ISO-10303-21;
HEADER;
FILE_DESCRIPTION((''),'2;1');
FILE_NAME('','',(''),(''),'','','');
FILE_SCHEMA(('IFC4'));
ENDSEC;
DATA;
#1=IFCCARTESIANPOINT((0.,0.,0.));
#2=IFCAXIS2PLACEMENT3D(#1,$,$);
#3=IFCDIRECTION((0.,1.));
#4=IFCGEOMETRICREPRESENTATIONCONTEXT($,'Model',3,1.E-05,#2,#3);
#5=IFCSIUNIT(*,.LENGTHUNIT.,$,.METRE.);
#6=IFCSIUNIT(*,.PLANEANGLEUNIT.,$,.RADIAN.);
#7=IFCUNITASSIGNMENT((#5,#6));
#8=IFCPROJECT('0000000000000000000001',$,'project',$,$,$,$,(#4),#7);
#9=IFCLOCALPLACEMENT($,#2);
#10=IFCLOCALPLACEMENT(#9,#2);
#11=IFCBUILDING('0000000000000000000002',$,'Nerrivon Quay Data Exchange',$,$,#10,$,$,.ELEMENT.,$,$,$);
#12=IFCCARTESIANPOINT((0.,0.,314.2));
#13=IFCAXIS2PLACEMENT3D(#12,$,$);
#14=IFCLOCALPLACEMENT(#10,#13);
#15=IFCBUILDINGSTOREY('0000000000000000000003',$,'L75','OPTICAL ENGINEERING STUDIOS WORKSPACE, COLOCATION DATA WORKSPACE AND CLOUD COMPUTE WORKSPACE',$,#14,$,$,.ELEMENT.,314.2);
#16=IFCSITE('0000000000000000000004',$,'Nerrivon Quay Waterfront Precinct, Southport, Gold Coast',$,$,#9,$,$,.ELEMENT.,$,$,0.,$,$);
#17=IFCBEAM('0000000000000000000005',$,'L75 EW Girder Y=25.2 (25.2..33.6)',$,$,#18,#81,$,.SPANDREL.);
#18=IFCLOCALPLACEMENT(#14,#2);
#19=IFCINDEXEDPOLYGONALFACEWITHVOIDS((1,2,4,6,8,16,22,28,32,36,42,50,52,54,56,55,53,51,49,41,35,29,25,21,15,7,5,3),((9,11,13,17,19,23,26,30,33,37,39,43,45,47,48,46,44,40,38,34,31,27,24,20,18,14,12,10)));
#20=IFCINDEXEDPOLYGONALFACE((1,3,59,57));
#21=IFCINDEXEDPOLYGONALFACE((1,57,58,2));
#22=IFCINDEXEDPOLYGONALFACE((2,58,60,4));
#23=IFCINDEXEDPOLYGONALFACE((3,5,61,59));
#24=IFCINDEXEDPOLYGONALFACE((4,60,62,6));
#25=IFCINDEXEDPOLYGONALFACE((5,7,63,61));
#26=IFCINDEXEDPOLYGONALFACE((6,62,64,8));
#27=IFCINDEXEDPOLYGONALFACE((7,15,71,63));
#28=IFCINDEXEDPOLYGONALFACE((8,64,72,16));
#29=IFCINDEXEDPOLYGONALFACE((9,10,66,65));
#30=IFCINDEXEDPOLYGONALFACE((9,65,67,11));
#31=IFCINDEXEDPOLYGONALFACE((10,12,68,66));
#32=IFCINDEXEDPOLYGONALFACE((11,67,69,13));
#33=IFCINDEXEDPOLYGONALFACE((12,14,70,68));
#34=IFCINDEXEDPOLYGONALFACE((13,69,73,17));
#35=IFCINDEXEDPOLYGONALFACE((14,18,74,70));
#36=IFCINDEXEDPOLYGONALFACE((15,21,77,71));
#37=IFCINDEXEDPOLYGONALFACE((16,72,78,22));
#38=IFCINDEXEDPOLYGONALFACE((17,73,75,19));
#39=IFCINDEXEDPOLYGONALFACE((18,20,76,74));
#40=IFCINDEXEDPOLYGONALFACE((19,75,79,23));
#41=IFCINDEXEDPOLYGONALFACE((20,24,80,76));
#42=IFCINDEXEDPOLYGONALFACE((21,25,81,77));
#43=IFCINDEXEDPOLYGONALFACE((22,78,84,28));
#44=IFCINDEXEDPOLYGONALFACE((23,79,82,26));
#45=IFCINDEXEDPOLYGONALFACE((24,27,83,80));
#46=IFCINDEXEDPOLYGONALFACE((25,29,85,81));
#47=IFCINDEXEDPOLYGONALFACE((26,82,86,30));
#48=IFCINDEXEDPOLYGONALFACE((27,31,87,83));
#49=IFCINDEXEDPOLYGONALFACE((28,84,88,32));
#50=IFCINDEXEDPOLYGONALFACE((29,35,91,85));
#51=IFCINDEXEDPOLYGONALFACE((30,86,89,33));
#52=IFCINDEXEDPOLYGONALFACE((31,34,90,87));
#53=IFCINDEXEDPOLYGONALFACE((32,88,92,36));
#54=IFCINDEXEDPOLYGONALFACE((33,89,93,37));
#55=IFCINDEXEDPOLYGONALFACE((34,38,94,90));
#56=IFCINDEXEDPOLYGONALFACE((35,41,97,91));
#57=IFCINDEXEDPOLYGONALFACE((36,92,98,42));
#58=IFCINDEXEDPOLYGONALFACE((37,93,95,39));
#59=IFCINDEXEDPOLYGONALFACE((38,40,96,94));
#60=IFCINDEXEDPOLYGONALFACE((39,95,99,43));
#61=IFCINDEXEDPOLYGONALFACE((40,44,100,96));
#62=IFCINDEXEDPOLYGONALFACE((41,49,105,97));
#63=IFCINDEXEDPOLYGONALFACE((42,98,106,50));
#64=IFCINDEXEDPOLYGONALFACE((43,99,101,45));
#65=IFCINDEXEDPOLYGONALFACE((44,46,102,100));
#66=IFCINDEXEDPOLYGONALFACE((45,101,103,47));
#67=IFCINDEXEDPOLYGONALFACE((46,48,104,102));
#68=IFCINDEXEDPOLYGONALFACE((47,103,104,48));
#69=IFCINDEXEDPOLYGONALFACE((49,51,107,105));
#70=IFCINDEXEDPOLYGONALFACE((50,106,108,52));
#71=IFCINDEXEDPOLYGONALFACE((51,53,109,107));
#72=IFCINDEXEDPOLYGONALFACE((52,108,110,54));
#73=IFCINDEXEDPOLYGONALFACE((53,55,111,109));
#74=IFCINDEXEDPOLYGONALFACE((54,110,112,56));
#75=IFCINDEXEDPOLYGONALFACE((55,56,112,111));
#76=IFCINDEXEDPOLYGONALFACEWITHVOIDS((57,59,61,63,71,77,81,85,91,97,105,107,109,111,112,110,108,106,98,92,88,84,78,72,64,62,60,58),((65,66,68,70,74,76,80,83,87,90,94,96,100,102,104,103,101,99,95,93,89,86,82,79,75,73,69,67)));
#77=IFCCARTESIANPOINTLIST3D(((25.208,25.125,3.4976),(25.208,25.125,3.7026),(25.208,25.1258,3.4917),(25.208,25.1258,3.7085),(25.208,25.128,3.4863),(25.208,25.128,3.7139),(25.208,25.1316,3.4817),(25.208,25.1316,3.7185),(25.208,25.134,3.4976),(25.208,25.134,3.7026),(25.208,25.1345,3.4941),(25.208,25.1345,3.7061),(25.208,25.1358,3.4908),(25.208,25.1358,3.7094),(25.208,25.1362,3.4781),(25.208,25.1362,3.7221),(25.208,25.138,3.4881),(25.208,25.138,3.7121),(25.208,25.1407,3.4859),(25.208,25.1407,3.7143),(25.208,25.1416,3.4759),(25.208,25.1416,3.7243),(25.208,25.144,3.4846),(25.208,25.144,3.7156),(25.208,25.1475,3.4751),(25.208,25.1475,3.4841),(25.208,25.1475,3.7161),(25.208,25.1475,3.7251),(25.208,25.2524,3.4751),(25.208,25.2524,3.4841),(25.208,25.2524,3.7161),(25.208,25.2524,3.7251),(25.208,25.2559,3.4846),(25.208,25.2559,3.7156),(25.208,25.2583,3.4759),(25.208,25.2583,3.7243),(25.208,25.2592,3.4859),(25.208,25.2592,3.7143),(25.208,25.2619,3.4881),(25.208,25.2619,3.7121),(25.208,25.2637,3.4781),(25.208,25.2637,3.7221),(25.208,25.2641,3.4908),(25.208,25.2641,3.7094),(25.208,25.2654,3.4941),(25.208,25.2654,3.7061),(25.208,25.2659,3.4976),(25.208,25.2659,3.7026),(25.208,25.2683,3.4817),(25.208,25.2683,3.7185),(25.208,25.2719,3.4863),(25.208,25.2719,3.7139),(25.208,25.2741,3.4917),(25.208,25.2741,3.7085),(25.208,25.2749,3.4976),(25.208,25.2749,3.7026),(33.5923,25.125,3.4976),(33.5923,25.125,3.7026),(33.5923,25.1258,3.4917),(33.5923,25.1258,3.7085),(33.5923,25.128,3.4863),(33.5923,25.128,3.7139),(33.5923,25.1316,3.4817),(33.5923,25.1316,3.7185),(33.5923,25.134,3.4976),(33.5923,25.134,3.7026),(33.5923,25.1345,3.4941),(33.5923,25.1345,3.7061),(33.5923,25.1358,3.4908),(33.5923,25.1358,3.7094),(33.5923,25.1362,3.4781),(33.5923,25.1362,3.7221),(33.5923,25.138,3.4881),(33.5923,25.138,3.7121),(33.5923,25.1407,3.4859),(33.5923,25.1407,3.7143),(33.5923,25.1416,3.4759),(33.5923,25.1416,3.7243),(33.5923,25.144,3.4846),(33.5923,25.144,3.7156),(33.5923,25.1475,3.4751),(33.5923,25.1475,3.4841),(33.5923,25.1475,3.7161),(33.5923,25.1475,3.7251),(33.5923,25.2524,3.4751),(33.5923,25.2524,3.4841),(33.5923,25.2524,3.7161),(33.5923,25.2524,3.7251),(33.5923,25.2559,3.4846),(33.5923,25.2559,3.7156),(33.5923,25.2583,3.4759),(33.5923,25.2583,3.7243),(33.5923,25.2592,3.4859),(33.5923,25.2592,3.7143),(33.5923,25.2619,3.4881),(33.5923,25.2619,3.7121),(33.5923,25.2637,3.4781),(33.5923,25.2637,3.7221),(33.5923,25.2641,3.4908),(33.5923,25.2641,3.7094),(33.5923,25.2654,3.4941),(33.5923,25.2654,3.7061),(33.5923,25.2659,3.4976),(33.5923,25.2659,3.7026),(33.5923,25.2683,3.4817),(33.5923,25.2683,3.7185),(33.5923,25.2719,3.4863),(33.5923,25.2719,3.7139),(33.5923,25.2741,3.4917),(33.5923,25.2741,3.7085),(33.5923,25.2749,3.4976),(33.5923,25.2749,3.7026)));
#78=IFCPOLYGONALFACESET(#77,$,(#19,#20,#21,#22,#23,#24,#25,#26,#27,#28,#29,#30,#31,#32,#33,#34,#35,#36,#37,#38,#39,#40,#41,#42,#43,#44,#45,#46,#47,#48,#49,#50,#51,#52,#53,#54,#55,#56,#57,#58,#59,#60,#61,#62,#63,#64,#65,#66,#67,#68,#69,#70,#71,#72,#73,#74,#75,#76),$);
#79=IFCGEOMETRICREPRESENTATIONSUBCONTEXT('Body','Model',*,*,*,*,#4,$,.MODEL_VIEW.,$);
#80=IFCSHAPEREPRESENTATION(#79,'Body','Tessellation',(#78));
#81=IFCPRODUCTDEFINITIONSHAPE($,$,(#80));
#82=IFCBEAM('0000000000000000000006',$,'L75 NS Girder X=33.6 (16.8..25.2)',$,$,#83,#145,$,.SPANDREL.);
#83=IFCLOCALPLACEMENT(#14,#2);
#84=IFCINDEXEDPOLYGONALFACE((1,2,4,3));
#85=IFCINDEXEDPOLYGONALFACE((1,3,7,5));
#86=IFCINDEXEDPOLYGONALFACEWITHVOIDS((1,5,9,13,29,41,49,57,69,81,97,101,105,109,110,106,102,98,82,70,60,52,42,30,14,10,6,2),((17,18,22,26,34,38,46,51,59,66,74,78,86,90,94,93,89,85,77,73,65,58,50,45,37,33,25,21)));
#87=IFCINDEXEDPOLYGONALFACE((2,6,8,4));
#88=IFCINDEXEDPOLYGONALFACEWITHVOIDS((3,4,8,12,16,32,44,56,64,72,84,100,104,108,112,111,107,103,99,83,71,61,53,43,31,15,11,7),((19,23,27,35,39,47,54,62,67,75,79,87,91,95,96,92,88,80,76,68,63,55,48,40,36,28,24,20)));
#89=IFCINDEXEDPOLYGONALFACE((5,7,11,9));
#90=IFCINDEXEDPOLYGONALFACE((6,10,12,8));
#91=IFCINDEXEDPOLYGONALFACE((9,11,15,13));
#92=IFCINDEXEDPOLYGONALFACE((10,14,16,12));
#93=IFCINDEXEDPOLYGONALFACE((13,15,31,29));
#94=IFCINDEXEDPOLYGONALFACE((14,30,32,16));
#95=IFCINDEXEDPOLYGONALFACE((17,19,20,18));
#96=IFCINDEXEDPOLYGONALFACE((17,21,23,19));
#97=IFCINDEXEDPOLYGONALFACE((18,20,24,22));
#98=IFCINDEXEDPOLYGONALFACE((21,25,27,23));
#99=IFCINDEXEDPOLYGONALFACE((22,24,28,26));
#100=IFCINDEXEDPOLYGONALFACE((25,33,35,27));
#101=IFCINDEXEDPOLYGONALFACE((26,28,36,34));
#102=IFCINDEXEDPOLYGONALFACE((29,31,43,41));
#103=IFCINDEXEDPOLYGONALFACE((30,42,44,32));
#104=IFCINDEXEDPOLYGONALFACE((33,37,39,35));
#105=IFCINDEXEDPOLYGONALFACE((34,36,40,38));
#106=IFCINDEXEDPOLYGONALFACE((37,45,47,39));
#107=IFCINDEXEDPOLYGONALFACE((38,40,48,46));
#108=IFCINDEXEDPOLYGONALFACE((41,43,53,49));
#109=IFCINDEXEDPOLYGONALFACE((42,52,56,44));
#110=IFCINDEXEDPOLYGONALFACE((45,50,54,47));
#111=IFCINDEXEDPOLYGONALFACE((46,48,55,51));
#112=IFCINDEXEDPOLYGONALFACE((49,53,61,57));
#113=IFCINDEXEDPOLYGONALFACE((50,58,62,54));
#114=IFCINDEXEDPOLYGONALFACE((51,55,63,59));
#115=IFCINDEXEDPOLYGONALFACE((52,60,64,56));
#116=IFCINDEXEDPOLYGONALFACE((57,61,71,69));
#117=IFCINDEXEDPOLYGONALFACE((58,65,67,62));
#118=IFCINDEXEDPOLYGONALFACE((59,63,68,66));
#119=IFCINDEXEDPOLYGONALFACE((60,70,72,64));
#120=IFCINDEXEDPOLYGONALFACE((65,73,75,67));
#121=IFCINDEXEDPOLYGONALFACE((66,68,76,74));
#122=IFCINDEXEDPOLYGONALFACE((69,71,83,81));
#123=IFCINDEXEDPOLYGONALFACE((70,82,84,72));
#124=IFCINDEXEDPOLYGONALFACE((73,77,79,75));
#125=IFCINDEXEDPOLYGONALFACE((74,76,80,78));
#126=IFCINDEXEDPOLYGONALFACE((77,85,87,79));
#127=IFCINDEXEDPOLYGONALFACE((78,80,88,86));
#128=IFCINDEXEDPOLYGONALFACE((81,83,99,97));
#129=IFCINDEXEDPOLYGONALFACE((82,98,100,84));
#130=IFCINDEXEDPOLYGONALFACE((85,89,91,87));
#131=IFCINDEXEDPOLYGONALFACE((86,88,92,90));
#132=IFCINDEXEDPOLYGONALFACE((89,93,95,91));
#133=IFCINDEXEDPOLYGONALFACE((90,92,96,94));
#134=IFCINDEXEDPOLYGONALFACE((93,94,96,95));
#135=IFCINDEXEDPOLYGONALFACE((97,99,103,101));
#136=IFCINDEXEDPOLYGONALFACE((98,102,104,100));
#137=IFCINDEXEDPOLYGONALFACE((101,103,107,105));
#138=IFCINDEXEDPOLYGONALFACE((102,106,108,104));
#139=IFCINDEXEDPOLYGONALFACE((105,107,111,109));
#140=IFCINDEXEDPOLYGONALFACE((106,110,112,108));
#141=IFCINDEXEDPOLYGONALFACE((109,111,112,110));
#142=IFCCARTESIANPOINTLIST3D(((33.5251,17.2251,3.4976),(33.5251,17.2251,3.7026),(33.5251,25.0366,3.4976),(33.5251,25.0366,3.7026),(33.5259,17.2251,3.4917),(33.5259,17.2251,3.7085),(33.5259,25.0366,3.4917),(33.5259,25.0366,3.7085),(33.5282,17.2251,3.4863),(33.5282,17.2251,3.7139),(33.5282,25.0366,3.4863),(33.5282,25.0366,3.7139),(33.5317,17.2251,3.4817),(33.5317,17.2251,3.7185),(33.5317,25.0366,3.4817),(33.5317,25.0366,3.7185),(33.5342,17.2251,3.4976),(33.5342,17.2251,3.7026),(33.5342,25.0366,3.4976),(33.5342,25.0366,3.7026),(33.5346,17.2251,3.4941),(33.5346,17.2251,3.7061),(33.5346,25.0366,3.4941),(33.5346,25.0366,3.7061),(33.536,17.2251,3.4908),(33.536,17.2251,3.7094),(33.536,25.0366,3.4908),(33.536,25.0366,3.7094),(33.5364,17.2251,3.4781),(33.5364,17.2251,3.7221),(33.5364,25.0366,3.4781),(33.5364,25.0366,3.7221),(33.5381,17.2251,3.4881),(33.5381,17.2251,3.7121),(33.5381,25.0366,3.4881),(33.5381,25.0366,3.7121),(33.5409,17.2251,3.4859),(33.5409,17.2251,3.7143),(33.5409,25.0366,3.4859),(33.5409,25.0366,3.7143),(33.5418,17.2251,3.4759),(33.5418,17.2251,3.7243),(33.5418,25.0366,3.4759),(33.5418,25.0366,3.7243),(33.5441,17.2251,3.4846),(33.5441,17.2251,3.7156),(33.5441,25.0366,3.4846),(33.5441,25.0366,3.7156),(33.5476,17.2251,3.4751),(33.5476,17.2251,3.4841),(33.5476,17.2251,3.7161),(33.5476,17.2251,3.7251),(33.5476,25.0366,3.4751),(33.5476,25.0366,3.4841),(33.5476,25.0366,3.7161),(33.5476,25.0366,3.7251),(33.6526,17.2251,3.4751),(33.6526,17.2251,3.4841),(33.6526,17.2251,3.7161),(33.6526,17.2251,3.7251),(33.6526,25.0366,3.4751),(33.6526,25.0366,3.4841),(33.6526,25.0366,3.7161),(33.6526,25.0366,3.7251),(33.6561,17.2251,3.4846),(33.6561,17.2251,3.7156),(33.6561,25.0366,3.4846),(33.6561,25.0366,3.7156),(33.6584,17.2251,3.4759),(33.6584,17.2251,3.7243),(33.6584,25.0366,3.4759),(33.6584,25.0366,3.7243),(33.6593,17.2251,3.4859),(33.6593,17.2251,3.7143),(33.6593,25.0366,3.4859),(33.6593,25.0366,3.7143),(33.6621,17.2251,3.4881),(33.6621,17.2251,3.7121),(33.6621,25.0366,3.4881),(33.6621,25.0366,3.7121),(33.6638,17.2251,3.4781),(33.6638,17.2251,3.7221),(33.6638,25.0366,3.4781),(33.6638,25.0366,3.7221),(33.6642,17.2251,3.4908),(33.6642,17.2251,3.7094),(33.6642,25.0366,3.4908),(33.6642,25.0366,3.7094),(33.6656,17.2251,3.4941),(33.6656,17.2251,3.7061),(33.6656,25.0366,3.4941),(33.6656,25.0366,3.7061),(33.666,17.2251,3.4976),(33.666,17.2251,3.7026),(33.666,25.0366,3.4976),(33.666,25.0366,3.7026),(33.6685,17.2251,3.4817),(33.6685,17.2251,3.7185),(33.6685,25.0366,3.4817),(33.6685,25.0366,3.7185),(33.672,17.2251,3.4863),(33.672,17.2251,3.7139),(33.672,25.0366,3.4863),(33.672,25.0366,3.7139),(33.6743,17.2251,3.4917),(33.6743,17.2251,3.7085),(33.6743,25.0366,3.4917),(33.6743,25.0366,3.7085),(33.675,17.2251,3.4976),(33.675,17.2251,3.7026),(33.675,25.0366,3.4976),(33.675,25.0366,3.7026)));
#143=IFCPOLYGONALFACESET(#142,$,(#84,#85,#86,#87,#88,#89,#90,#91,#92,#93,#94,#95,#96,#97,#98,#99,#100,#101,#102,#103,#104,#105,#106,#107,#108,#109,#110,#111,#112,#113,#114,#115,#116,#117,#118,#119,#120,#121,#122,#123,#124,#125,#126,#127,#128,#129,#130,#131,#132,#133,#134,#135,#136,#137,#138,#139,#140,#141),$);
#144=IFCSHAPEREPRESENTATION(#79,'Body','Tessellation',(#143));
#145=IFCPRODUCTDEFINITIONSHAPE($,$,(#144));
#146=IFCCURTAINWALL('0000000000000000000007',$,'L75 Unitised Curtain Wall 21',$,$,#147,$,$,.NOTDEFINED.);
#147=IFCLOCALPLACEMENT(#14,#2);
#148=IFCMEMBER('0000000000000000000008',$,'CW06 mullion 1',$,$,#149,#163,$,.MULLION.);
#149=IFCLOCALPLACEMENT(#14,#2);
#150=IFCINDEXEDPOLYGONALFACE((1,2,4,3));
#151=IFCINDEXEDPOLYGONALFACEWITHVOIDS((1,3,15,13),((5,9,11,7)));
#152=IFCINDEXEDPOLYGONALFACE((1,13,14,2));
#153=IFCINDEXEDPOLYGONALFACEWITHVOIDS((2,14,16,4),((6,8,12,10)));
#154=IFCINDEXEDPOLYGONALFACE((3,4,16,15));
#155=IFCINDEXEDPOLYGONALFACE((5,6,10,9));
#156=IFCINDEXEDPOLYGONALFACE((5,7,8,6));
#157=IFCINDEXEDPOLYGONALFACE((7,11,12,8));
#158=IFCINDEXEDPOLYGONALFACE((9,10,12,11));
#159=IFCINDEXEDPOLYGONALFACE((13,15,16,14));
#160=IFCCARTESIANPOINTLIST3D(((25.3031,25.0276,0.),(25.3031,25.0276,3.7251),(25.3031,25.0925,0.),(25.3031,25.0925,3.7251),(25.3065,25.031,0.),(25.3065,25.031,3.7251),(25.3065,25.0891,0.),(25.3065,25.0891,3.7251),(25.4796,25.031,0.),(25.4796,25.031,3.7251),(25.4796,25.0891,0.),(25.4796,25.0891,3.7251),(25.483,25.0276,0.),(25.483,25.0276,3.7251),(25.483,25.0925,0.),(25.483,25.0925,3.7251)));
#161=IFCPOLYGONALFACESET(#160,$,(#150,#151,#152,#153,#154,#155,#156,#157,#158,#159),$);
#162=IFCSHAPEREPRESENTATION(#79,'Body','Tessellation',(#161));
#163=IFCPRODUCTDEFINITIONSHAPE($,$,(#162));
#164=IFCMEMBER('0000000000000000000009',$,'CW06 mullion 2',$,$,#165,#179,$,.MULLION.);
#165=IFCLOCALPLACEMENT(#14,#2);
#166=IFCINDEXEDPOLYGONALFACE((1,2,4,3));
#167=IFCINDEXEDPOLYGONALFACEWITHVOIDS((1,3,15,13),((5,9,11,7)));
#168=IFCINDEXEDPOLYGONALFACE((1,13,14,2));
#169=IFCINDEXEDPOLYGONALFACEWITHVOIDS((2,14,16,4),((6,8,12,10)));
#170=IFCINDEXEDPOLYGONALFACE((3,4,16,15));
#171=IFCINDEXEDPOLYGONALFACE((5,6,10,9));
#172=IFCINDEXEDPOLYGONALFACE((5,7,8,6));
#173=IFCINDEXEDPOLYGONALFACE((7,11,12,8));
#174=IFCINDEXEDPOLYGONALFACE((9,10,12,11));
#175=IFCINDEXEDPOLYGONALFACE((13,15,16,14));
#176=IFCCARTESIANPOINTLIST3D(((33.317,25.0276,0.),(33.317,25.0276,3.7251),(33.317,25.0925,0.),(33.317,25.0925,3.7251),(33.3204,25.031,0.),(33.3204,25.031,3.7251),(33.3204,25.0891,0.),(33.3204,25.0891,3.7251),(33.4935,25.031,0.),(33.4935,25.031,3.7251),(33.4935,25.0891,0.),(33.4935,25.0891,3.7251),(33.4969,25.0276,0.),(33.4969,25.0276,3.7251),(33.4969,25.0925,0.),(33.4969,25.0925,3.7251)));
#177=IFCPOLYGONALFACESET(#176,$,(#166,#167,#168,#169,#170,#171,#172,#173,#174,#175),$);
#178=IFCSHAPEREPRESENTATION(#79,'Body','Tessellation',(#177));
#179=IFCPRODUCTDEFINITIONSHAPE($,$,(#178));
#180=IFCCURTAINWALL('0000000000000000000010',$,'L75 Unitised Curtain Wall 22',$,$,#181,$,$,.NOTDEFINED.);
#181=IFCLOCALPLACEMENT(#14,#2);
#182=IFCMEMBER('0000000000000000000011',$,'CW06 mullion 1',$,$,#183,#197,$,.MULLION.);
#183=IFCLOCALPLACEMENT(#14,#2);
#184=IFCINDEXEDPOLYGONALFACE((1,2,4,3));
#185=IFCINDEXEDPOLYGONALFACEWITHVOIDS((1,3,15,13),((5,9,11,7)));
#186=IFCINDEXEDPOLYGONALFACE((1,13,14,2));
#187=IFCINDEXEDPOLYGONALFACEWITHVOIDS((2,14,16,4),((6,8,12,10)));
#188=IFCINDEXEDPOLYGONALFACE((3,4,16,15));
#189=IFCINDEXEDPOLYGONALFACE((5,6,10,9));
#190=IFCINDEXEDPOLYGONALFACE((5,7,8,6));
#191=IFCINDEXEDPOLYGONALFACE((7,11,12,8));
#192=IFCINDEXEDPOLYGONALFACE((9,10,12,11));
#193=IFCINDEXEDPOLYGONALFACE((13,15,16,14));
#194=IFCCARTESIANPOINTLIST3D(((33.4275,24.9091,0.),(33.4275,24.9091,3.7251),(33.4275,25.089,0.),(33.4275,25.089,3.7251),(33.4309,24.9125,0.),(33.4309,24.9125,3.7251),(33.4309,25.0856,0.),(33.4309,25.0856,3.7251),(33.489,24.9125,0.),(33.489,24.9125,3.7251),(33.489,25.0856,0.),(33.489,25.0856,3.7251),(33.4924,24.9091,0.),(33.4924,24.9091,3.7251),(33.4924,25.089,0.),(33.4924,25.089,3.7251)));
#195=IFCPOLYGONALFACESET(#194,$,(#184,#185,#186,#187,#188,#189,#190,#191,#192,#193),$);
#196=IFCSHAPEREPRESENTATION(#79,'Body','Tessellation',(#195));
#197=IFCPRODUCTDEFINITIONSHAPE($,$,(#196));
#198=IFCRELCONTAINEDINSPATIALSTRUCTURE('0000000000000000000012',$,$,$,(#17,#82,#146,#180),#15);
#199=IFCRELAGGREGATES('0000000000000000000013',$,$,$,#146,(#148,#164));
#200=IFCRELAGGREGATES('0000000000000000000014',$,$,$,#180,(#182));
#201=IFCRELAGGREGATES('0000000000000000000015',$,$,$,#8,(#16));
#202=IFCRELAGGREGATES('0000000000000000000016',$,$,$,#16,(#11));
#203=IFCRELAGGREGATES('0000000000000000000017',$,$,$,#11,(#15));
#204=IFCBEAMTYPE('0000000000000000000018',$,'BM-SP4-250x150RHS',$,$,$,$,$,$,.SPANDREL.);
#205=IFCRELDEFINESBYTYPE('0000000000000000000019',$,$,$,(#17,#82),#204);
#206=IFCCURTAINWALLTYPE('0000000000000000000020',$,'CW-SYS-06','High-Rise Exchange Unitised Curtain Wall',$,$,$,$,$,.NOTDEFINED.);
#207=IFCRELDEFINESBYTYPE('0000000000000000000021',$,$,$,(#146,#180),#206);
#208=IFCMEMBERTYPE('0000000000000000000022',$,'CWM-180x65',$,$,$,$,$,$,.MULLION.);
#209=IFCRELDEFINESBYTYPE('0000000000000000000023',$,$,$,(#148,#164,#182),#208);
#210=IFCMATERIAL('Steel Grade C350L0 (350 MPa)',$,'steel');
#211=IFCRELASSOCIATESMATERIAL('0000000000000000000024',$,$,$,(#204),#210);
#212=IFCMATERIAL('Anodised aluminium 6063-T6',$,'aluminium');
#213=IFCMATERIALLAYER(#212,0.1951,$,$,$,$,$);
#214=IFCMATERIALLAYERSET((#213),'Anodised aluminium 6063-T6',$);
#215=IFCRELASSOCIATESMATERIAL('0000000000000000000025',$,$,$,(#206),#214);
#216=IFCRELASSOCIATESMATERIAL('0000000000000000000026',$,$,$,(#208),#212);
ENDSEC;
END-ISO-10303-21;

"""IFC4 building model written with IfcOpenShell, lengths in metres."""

from ifc_helpers import new_model, si_unit, direction, frame, origin, origin_2d, place, context, subcontext, project, spatial, hollow_rectangle, extrude, material, layer, layer_set, material_profile, profile_set, type_object, element, aggregate, save


model = new_model("IFC4")

# Units and contexts
model_context = context("Model", 3, precision=1e-05, world=origin(), true_north=direction((0.0, 1.0)))
body_context = subcontext(model_context, "Body", "Model", "MODEL_VIEW")
ifc_project = project(units=[si_unit("LENGTHUNIT", "METRE"), si_unit("PLANEANGLEUNIT", "RADIAN")], contexts=[model_context])

# Site, building, storey
site_placement = place(None, origin())
site = spatial("IfcSite", under=ifc_project, at=site_placement, Name="Nerrivon Quay Waterfront Precinct, Southport, Gold Coast", CompositionType="ELEMENT", RefElevation=0.0)
building_placement = place(site_placement, origin())
building = spatial("IfcBuilding", under=site, at=building_placement, Name="Nerrivon Quay Data Exchange", CompositionType="ELEMENT")
storey_placement = place(building_placement, frame((0.0, 0.0, 314.2)))
storey = spatial("IfcBuildingStorey", under=building, at=storey_placement, Name="L75", Description="OPTICAL ENGINEERING STUDIOS WORKSPACE, COLOCATION DATA WORKSPACE AND CLOUD COMPUTE WORKSPACE", CompositionType="ELEMENT", Elevation=314.2)

# Beams
ifc_material_1 = material(Name="Steel Grade C350L0 (350 MPa)", Category="steel")
ifc_material_profile_1 = material_profile(ifc_material_1, hollow_rectangle(XDim=0.1499, YDim=0.25, WallThickness=0.009, InnerFilletRadius=0.0134, OuterFilletRadius=0.0225, at=origin_2d()), Name="250x150x9.0RHS")
ifc_profile_set_1 = profile_set([ifc_material_profile_1], Name="Steel Grade C350L0 (350 MPa)")
beam_type_1 = type_object("IfcBeamType", Name="BM-SP4-250x150RHS", PredefinedType="SPANDREL", material=ifc_profile_set_1)
beam_1_placement = place(storey_placement, frame((25.208, 25.2, 3.6001), z_axis=(1.0, 0.0, 0.0), x_axis=(0.0, 1.0, 0.0)))
element("IfcBeam", 1, at=beam_1_placement, inside=storey, type_object=beam_type_1, Name="L75 EW Girder Y=25.2 (25.2..33.6)", PredefinedType="SPANDREL", context=body_context, shape_type="SweptSolid", body=[
    extrude(hollow_rectangle(XDim=0.1499, YDim=0.25, WallThickness=0.009, InnerFilletRadius=0.0134, OuterFilletRadius=0.0225, at=origin_2d()), origin(), (0.0, 0.0, 1.0), 8.3843),
])
beam_2_placement = place(storey_placement, frame((33.6001, 17.2251, 3.6001), z_axis=(0.0, 1.0, 0.0), x_axis=(-1.0, 0.0, 0.0)))
element("IfcBeam", 2, at=beam_2_placement, inside=storey, type_object=beam_type_1, Name="L75 NS Girder X=33.6 (16.8..25.2)", PredefinedType="SPANDREL", context=body_context, shape_type="SweptSolid", body=[
    extrude(hollow_rectangle(XDim=0.1499, YDim=0.25, WallThickness=0.009, InnerFilletRadius=0.0134, OuterFilletRadius=0.0225, at=origin_2d()), origin(), (0.0, 0.0, 1.0), 7.8115),
])

# Curtain walls, members
ifc_material_2 = material(Name="Anodised aluminium 6063-T6", Category="aluminium")
ifc_layer_1 = layer(ifc_material_2, 0.1951)
ifc_layer_set_1 = layer_set([ifc_layer_1], Name="Anodised aluminium 6063-T6")
curtain_wall_type = type_object("IfcCurtainWallType", Name="CW-SYS-06", Description="High-Rise Exchange Unitised Curtain Wall", PredefinedType="NOTDEFINED", material=ifc_layer_set_1)
curtain_wall_1_placement = place(storey_placement, origin())
curtain_wall_1 = element("IfcCurtainWall", 3, at=curtain_wall_1_placement, inside=storey, type_object=curtain_wall_type, Name="L75 Unitised Curtain Wall 21", PredefinedType="NOTDEFINED")
ifc_material_profile_2 = material_profile(ifc_material_2, hollow_rectangle(XDim=0.0649, YDim=0.1799, WallThickness=0.0034, at=origin_2d()), Name="ALU-MULL-180x65")
ifc_profile_set_2 = profile_set([ifc_material_profile_2], Name="Anodised aluminium 6063-T6")
member_type_1 = type_object("IfcMemberType", Name="CWM-180x65", PredefinedType="MULLION", material=ifc_profile_set_2)
member_1_placement = place(storey_placement, frame((25.3931, 25.0601, 0.0), z_axis=(0.0, 0.0, 1.0), x_axis=(0.0, 1.0, 0.0)))
member_1 = element("IfcMember", 4, at=member_1_placement, type_object=member_type_1, Name="CW06 mullion 1", PredefinedType="MULLION", context=body_context, shape_type="SweptSolid", body=[
    extrude(hollow_rectangle(XDim=0.0649, YDim=0.1799, WallThickness=0.0034, at=origin_2d()), origin(), (0.0, 0.0, 1.0), 3.7251),
])
member_2_placement = place(storey_placement, frame((33.407, 25.0601, 0.0), z_axis=(0.0, 0.0, 1.0), x_axis=(0.0, 1.0, 0.0)))
member_2 = element("IfcMember", 5, at=member_2_placement, type_object=member_type_1, Name="CW06 mullion 2", PredefinedType="MULLION", context=body_context, shape_type="SweptSolid", body=[
    extrude(hollow_rectangle(XDim=0.0649, YDim=0.1799, WallThickness=0.0034, at=origin_2d()), origin(), (0.0, 0.0, 1.0), 3.7251),
])
curtain_wall_2_placement = place(storey_placement, origin())
curtain_wall_2 = element("IfcCurtainWall", 6, at=curtain_wall_2_placement, inside=storey, type_object=curtain_wall_type, Name="L75 Unitised Curtain Wall 22", PredefinedType="NOTDEFINED")
member_3_placement = place(storey_placement, frame((33.46, 24.999, 0.0), z_axis=(0.0, 0.0, 1.0), x_axis=(1.0, 0.0, 0.0)))
member_3 = element("IfcMember", 7, at=member_3_placement, type_object=member_type_1, Name="CW06 mullion 1", PredefinedType="MULLION", context=body_context, shape_type="SweptSolid", body=[
    extrude(hollow_rectangle(XDim=0.0649, YDim=0.1799, WallThickness=0.0034, at=origin_2d()), origin(), (0.0, 0.0, 1.0), 3.7251),
])

aggregate(curtain_wall_1, [member_1, member_2])
aggregate(curtain_wall_2, [member_3])

save(model, "model.ifc")
